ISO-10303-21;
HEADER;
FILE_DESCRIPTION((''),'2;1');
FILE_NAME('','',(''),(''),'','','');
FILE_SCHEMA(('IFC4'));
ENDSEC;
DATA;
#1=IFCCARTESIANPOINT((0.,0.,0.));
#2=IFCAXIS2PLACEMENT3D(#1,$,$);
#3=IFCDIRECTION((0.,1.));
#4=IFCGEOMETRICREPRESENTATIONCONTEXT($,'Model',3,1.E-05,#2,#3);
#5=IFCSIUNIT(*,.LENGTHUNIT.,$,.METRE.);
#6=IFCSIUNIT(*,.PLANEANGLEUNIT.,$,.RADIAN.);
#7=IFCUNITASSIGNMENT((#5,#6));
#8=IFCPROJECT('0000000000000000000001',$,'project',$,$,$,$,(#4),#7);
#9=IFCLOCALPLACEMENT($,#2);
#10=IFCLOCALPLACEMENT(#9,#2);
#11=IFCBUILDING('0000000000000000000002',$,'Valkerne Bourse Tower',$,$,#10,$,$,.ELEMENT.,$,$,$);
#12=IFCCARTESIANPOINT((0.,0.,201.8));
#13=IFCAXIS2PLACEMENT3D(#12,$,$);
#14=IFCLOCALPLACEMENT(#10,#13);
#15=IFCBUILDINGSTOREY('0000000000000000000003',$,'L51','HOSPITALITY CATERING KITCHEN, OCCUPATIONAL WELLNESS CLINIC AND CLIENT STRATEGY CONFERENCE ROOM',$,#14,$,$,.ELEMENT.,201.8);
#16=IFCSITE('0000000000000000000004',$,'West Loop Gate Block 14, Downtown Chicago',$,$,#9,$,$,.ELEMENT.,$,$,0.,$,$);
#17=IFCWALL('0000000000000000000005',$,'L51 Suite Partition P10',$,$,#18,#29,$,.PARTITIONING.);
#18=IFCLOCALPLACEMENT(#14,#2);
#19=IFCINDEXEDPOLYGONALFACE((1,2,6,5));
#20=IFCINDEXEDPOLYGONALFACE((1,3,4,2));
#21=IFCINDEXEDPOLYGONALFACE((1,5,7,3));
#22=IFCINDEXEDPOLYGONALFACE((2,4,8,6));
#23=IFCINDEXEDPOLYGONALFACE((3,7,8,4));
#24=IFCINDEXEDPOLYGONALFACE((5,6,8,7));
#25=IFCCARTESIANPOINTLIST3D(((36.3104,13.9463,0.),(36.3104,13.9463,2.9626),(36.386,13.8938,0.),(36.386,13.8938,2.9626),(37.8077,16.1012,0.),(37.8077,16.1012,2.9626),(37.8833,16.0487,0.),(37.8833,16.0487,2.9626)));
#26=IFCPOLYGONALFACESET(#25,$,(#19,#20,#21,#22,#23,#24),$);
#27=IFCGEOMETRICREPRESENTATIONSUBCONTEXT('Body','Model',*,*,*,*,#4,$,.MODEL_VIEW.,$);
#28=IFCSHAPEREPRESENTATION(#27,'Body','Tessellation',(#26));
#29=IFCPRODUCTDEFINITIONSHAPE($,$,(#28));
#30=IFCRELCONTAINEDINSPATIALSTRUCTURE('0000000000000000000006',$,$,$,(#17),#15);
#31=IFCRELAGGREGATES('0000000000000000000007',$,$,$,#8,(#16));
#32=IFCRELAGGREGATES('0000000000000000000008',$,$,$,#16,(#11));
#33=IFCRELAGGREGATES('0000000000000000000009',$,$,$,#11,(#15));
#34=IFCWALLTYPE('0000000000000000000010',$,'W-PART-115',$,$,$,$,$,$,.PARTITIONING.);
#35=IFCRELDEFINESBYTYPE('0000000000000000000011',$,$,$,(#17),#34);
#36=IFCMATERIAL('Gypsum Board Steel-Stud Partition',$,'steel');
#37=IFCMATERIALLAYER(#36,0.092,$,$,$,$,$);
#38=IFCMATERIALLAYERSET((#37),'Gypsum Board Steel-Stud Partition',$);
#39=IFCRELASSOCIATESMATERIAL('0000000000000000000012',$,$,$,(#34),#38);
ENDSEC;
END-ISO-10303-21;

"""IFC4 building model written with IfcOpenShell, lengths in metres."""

from ifc_helpers import new_model, si_unit, direction, frame, frame_2d, origin, place, context, subcontext, project, spatial, rectangle, extrude, material, layer, layer_set, type_object, element, save


model = new_model("IFC4")

# Units and contexts
model_context = context("Model", 3, precision=1e-05, world=origin(), true_north=direction((0.0, 1.0)))
body_context = subcontext(model_context, "Body", "Model", "MODEL_VIEW")
ifc_project = project(units=[si_unit("LENGTHUNIT", "METRE"), si_unit("PLANEANGLEUNIT", "RADIAN")], contexts=[model_context])

# Site, building, storey
site_placement = place(None, origin())
site = spatial("IfcSite", under=ifc_project, at=site_placement, Name="West Loop Gate Block 14, Downtown Chicago", CompositionType="ELEMENT", RefElevation=0.0)
building_placement = place(site_placement, origin())
building = spatial("IfcBuilding", under=site, at=building_placement, Name="Valkerne Bourse Tower", CompositionType="ELEMENT")
storey_placement = place(building_placement, frame((0.0, 0.0, 201.8)))
storey = spatial("IfcBuildingStorey", under=building, at=storey_placement, Name="L51", Description="HOSPITALITY CATERING KITCHEN, OCCUPATIONAL WELLNESS CLINIC AND CLIENT STRATEGY CONFERENCE ROOM", CompositionType="ELEMENT", Elevation=201.8)

# Shared definitions
ifc_material_1 = material(Name="Gypsum Board Steel-Stud Partition", Category="steel")

# Wall
ifc_layer_1 = layer(ifc_material_1, 0.092)
ifc_layer_set_1 = layer_set([ifc_layer_1], Name="Gypsum Board Steel-Stud Partition")
wall_type_1 = type_object("IfcWallType", Name="W-PART-115", PredefinedType="PARTITIONING", material=ifc_layer_set_1)
wall_1_placement = place(storey_placement, frame((37.8455, 16.075, 0.0), z_axis=(0.0, 0.0, 1.0), x_axis=(-0.570593, -0.821233, 0.0)))
element("IfcWall", 1, at=wall_1_placement, inside=storey, type_object=wall_type_1, Name="L51 Suite Partition P10", PredefinedType="PARTITIONING", context=body_context, shape_type="SweptSolid", body=[
    extrude(rectangle(XDim=2.624, YDim=0.092, at=frame_2d((1.312, 0.0))), origin(), (0.0, 0.0, 1.0), 2.9626),
])

save(model, "model.ifc")
